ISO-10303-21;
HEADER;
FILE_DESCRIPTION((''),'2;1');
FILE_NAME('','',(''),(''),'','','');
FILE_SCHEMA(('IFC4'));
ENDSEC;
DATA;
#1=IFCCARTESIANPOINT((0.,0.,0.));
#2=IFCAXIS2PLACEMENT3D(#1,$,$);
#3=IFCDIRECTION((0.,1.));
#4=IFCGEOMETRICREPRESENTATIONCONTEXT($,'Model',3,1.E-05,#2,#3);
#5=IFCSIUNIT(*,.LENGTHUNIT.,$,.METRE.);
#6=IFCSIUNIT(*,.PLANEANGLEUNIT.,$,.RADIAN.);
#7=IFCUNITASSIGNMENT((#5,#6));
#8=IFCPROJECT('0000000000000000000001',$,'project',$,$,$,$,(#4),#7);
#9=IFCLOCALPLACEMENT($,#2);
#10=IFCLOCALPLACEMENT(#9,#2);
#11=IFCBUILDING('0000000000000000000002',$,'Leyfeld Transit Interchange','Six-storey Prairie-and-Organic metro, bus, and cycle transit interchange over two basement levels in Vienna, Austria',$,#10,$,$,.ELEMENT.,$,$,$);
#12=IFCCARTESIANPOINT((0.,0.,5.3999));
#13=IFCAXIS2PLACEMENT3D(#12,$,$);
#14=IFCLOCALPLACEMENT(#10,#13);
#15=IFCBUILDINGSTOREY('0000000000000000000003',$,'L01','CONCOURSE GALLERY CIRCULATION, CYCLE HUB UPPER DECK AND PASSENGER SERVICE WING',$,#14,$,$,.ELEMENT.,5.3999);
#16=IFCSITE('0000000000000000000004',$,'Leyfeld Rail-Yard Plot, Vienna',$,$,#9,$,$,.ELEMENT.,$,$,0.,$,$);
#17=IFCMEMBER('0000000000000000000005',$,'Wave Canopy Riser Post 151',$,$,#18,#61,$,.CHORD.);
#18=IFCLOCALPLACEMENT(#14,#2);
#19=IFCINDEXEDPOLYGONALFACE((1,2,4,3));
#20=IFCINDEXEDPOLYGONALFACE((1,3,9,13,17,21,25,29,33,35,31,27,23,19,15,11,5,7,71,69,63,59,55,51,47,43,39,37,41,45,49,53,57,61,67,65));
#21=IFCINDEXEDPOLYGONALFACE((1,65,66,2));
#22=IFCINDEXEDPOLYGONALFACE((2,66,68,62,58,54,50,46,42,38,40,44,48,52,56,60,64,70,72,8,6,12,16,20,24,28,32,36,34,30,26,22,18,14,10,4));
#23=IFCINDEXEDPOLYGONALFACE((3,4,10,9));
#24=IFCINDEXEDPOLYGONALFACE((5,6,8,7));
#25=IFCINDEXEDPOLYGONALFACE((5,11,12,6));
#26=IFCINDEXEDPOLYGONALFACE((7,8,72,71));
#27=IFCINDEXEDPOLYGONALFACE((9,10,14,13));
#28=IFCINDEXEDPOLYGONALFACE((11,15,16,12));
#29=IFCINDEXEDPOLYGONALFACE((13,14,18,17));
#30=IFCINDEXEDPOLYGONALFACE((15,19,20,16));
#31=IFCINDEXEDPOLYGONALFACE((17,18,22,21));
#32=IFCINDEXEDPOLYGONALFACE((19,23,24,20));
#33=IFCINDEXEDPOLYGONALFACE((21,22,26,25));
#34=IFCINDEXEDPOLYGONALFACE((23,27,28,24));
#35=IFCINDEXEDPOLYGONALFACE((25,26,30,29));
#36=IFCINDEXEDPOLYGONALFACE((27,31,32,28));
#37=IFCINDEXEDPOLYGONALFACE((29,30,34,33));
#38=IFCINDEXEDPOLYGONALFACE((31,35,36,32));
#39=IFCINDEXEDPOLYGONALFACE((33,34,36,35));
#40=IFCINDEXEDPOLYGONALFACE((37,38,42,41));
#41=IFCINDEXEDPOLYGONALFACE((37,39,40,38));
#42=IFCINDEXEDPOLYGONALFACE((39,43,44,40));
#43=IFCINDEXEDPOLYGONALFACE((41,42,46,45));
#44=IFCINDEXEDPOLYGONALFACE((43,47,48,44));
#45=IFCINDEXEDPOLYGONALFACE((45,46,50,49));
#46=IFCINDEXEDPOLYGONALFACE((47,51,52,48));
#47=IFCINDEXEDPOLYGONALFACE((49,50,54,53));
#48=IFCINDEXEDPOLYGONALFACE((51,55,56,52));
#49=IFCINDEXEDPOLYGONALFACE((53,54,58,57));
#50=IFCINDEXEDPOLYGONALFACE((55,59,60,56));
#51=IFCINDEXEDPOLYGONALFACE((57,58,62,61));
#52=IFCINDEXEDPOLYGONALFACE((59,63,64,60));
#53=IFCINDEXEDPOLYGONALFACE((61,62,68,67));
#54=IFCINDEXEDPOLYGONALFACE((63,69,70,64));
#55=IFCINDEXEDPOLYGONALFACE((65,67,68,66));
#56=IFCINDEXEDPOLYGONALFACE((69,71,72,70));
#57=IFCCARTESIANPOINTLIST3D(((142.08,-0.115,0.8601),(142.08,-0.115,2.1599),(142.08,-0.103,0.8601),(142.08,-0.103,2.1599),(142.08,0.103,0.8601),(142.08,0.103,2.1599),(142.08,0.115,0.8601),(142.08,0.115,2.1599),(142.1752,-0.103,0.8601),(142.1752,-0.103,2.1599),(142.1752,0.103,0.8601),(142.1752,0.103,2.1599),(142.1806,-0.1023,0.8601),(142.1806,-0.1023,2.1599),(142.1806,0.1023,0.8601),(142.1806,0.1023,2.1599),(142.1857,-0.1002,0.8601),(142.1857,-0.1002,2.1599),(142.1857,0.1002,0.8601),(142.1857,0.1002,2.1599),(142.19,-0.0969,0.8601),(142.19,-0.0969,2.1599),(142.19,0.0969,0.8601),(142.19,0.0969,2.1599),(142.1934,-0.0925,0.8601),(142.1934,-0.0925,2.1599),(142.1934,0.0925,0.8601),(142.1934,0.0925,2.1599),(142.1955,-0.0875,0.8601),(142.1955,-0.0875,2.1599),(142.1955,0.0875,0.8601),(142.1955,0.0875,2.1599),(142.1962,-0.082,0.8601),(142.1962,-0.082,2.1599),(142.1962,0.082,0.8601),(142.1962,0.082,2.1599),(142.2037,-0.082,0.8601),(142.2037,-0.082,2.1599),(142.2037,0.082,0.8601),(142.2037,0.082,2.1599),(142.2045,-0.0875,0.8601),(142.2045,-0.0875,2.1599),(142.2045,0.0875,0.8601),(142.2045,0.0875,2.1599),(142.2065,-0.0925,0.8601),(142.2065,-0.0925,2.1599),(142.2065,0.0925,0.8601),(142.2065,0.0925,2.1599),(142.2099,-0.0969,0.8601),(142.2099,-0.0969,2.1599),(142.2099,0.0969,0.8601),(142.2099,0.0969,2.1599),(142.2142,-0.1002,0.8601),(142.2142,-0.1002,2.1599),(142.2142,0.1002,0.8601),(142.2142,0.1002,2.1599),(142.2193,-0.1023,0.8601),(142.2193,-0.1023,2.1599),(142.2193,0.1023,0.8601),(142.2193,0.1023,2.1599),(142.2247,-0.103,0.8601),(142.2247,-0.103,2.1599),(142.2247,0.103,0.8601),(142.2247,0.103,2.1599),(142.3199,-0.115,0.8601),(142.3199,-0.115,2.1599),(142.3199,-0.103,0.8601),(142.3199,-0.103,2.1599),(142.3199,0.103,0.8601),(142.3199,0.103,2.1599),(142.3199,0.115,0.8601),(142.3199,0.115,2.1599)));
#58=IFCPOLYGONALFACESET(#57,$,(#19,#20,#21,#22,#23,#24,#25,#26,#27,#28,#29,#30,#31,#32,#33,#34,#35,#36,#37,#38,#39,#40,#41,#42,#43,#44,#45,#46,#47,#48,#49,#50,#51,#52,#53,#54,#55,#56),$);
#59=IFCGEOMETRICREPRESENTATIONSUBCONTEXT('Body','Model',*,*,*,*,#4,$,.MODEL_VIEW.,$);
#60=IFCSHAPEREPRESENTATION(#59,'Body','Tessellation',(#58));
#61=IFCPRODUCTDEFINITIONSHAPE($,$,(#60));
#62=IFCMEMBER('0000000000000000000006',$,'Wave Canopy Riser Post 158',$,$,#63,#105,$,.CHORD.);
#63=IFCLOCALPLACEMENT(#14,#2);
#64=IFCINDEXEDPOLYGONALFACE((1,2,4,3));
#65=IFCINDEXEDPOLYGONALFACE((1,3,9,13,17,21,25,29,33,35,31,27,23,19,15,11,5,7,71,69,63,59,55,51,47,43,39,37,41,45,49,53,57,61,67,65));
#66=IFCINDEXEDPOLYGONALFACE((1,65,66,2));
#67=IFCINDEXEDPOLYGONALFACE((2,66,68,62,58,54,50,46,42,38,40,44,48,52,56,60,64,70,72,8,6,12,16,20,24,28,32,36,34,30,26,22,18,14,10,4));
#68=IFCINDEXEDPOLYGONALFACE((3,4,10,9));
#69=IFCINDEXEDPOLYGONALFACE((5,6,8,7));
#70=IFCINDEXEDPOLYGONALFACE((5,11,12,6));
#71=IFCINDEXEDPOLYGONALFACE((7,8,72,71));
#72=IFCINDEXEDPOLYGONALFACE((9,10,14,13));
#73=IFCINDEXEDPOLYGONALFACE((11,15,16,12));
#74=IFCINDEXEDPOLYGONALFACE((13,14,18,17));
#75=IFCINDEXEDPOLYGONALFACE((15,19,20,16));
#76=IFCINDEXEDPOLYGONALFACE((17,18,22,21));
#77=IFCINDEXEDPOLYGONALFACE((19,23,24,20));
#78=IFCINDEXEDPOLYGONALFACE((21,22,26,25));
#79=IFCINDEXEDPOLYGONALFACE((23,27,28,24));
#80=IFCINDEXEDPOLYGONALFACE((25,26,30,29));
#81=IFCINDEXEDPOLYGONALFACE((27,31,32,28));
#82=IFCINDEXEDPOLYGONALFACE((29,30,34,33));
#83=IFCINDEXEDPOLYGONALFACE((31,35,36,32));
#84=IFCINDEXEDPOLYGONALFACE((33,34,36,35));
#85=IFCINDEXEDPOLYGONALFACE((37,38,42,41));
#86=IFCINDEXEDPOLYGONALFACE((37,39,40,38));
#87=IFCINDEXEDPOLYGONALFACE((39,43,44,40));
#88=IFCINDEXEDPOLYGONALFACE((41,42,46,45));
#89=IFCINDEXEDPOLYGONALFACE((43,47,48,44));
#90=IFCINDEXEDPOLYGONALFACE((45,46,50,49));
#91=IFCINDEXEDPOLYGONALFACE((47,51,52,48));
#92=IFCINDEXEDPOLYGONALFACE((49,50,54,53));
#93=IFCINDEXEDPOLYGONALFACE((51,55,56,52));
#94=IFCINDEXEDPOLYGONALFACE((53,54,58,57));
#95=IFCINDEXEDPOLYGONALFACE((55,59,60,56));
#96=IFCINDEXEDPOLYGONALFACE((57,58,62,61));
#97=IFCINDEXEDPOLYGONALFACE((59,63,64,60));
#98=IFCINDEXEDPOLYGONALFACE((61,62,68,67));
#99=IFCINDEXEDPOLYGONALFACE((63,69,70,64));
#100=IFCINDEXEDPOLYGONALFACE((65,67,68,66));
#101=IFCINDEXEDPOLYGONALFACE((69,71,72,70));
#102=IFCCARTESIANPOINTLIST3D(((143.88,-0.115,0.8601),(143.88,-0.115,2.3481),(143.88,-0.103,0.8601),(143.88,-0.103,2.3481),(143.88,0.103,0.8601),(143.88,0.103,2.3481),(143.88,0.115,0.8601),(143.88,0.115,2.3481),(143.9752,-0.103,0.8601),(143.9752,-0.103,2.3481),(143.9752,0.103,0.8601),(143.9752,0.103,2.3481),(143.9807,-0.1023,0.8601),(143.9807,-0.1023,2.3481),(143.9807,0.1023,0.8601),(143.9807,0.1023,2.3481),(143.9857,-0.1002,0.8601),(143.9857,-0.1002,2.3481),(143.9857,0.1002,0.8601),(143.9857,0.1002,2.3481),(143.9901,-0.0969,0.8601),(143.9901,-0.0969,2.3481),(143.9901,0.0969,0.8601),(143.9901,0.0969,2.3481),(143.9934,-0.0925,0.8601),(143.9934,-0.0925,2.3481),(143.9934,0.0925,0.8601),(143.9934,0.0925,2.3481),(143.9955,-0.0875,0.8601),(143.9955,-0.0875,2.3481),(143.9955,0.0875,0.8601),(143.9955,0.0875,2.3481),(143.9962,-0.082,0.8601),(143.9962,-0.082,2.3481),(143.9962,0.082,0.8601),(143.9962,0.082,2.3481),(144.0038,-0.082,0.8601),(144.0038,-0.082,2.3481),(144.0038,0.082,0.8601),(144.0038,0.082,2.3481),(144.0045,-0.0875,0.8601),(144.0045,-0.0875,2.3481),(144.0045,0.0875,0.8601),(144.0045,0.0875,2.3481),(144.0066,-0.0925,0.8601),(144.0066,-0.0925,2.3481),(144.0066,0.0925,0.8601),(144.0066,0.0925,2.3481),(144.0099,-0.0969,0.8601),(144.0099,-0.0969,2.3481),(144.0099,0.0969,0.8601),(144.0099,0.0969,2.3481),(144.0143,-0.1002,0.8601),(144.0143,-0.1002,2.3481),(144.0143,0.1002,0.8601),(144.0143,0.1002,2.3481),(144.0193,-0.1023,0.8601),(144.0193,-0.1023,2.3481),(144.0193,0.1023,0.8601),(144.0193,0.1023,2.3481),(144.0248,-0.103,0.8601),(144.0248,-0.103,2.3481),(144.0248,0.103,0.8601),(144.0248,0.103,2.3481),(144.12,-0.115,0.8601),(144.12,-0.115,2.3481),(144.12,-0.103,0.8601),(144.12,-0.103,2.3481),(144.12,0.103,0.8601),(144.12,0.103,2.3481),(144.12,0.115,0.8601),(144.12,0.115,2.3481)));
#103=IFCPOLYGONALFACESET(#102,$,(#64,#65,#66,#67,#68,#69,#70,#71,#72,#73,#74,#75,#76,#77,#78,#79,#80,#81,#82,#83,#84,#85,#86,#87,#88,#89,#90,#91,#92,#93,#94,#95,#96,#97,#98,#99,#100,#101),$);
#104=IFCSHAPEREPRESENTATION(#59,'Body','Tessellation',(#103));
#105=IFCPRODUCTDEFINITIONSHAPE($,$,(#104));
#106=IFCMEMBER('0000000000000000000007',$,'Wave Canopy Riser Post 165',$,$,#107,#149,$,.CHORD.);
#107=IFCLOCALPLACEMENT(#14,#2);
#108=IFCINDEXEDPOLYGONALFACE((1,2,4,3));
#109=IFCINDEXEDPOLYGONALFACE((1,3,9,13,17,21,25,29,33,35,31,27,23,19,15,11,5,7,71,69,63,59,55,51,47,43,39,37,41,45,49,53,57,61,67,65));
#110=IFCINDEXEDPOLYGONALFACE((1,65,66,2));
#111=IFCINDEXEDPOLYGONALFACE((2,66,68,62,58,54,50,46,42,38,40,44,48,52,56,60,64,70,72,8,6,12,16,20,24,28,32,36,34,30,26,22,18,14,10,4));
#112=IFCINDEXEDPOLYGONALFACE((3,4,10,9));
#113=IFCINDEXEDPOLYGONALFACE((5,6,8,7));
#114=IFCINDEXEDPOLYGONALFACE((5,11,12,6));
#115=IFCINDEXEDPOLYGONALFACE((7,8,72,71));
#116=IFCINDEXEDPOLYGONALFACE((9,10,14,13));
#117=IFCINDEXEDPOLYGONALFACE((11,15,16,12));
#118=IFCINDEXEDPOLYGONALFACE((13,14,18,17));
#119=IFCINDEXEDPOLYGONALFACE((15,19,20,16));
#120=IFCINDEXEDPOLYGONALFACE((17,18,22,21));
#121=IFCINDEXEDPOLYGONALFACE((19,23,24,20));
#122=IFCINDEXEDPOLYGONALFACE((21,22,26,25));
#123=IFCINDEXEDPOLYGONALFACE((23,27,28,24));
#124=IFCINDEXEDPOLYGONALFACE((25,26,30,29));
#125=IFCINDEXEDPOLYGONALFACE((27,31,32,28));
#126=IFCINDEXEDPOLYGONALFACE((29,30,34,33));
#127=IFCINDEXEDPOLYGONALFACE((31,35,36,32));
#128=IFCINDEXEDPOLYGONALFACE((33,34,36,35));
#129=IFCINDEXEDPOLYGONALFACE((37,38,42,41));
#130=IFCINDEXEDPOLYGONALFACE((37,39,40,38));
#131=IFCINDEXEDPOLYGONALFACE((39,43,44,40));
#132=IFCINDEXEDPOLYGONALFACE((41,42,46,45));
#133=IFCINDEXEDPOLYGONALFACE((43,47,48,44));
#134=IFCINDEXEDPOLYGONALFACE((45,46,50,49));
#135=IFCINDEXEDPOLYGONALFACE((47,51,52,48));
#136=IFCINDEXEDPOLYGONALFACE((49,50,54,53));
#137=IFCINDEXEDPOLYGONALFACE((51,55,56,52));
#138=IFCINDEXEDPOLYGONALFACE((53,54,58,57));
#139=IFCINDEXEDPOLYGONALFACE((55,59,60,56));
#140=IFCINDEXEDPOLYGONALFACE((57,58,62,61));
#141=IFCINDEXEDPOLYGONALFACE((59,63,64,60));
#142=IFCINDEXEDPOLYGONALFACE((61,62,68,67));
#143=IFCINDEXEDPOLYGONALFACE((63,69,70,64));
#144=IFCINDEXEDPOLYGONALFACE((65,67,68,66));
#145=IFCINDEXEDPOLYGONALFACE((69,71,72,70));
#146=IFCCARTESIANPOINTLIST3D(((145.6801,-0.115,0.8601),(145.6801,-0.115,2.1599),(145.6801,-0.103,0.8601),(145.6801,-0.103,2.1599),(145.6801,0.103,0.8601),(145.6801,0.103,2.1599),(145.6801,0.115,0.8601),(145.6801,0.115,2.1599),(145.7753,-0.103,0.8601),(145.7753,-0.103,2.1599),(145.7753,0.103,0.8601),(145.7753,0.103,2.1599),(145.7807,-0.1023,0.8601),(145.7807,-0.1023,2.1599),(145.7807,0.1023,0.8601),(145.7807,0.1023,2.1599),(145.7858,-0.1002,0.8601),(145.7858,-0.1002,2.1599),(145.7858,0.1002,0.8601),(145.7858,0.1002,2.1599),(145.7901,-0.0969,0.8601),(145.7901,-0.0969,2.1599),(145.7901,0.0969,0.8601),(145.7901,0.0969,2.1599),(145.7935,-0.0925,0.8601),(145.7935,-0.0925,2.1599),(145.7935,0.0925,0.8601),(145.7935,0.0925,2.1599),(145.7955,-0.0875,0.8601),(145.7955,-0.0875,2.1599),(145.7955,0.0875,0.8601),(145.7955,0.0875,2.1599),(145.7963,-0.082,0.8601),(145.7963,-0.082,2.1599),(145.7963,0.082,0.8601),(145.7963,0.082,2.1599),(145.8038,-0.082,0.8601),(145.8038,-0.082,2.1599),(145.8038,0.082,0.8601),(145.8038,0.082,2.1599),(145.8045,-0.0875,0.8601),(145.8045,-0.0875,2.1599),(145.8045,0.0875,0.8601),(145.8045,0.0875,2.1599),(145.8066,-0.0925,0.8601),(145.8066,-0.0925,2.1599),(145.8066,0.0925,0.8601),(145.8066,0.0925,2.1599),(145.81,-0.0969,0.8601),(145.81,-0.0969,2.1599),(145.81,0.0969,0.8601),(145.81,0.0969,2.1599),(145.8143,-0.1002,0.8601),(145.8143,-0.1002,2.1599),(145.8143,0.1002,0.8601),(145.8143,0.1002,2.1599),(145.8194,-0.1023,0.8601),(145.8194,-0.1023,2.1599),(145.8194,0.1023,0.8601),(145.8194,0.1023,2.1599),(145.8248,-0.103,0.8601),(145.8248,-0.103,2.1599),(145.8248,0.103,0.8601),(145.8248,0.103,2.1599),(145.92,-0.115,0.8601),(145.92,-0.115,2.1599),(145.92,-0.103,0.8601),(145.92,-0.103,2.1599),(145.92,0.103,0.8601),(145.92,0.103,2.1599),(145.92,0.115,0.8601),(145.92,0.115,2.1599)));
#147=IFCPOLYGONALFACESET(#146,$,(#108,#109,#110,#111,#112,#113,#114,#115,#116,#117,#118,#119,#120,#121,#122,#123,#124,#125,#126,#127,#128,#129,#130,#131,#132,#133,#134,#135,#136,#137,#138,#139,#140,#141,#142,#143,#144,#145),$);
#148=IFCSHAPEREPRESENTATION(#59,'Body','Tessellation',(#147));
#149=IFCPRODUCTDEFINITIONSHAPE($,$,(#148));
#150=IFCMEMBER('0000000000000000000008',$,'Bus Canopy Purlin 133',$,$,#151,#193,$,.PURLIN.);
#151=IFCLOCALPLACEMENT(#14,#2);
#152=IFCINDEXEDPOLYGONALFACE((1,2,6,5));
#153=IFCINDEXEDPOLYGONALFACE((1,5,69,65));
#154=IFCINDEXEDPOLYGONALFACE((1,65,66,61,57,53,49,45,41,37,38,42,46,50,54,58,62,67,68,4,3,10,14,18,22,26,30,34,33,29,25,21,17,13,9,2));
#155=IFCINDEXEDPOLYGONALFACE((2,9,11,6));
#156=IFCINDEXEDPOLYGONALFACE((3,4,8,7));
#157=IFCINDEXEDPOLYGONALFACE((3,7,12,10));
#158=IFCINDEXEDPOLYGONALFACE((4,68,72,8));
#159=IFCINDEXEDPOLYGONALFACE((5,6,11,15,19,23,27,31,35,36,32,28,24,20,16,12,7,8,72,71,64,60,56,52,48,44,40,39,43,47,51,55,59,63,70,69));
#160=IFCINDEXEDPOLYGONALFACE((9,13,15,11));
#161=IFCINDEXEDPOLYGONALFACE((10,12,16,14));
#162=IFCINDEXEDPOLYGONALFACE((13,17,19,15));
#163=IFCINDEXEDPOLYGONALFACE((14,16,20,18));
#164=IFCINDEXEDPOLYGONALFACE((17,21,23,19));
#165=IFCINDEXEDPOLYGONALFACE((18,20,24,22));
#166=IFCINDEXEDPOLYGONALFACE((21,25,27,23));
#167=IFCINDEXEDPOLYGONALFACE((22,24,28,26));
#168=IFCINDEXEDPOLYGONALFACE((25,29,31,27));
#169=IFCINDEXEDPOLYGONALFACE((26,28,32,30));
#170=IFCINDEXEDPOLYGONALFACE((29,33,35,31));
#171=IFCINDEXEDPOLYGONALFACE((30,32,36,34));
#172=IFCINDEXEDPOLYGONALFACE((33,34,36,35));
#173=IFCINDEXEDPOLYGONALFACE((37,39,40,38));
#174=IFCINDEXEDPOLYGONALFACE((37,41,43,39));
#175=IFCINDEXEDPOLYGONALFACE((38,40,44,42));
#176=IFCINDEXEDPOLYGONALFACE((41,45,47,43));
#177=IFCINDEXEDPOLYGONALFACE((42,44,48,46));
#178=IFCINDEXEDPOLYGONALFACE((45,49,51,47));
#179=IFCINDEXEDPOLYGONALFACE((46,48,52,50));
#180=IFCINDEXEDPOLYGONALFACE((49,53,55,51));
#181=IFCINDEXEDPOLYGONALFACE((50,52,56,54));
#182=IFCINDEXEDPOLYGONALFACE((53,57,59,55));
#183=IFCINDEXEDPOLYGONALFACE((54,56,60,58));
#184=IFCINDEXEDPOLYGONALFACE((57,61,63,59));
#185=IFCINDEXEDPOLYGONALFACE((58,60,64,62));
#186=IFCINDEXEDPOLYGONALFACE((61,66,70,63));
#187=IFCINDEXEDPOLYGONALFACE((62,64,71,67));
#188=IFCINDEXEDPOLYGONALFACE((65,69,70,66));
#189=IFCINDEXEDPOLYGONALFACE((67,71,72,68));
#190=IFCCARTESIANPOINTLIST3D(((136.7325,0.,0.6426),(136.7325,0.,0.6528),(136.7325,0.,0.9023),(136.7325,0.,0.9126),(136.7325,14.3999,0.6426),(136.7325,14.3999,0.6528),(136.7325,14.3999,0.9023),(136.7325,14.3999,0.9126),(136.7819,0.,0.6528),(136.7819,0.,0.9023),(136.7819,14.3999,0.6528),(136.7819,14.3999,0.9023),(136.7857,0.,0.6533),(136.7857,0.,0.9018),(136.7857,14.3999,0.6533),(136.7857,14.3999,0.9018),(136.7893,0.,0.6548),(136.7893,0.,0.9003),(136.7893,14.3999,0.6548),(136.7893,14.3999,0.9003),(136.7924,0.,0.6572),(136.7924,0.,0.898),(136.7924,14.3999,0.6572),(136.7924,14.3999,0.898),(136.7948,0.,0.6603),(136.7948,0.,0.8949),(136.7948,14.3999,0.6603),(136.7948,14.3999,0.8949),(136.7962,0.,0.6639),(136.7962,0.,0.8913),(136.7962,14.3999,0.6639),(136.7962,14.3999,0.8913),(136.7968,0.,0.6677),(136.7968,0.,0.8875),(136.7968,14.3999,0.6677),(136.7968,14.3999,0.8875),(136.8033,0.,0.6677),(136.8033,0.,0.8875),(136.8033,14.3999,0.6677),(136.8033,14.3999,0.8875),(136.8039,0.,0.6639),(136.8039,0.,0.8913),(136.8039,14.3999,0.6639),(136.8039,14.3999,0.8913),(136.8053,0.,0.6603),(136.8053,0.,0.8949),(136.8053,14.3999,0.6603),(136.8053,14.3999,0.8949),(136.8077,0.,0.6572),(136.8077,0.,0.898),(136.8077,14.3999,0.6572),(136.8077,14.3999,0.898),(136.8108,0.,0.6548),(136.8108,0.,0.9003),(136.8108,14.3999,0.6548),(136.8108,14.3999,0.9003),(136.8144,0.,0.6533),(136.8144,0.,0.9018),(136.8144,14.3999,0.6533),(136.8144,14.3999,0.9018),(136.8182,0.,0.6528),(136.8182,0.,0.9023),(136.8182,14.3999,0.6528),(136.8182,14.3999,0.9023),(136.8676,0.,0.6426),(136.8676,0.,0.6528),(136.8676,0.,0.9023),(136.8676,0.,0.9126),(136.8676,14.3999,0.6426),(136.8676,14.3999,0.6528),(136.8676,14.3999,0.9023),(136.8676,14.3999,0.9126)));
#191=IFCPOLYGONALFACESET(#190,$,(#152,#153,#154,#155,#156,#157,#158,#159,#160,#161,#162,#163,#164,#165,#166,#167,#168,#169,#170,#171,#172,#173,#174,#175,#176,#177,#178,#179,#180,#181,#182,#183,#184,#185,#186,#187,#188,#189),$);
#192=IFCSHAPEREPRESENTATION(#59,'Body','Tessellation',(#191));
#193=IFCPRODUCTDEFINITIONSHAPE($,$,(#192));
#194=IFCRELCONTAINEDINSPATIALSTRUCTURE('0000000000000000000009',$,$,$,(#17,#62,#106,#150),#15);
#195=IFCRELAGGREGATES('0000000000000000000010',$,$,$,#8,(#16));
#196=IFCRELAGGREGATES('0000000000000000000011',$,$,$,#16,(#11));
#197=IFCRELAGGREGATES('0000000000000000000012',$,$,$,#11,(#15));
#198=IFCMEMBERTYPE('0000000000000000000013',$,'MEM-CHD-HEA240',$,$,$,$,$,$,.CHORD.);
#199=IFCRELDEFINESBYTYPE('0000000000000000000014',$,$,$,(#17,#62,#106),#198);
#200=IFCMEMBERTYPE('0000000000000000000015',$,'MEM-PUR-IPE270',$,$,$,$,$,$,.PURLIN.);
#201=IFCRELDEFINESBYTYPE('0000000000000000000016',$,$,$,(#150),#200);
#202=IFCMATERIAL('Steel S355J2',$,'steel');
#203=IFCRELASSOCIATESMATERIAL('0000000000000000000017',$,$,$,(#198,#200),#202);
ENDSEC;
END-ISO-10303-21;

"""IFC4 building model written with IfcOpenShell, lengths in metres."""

from ifc_helpers import new_model, si_unit, direction, frame, origin, origin_2d, place, context, subcontext, project, spatial, i_section, extrude, material, material_profile, profile_set, type_object, element, save


model = new_model("IFC4")

# Units and contexts
model_context = context("Model", 3, precision=1e-05, world=origin(), true_north=direction((0.0, 1.0)))
body_context = subcontext(model_context, "Body", "Model", "MODEL_VIEW")
ifc_project = project(units=[si_unit("LENGTHUNIT", "METRE"), si_unit("PLANEANGLEUNIT", "RADIAN")], contexts=[model_context])

# Site, building, storey
site_placement = place(None, origin())
site = spatial("IfcSite", under=ifc_project, at=site_placement, Name="Leyfeld Rail-Yard Plot, Vienna", CompositionType="ELEMENT", RefElevation=0.0)
building_placement = place(site_placement, origin())
building = spatial("IfcBuilding", under=site, at=building_placement, Name="Leyfeld Transit Interchange", Description="Six-storey Prairie-and-Organic metro, bus, and cycle transit interchange over two basement levels in Vienna, Austria", CompositionType="ELEMENT")
storey_placement = place(building_placement, frame((0.0, 0.0, 5.3999)))
storey = spatial("IfcBuildingStorey", under=building, at=storey_placement, Name="L01", Description="CONCOURSE GALLERY CIRCULATION, CYCLE HUB UPPER DECK AND PASSENGER SERVICE WING", CompositionType="ELEMENT", Elevation=5.3999)

# Shared definitions
ifc_material = material(Name="Steel S355J2", Category="steel")

# Members
ifc_material_profile_1 = material_profile(ifc_material, i_section(OverallWidth=0.24, OverallDepth=0.23, WebThickness=0.0076, FlangeThickness=0.012, FilletRadius=0.021, at=origin_2d()), Name="HEA 240")
ifc_profile_set_1 = profile_set([ifc_material_profile_1], Name="Steel S355J2")
member_type_1 = type_object("IfcMemberType", Name="MEM-CHD-HEA240", PredefinedType="CHORD", material=ifc_profile_set_1)
member_1_placement = place(storey_placement, frame((142.2, 0.0, 0.8601), z_axis=(0.0, 0.0, 1.0), x_axis=(1.0, 0.0, 0.0)))
element("IfcMember", 1, at=member_1_placement, inside=storey, type_object=member_type_1, Name="Wave Canopy Riser Post 151", PredefinedType="CHORD", context=body_context, shape_type="SweptSolid", body=[
    extrude(i_section(OverallWidth=0.24, OverallDepth=0.23, WebThickness=0.0076, FlangeThickness=0.012, FilletRadius=0.021, at=origin_2d()), origin(), (0.0, 0.0, 1.0), 1.2998),
])
member_2_placement = place(storey_placement, frame((144.0, 0.0, 0.8601), z_axis=(0.0, 0.0, 1.0), x_axis=(1.0, 0.0, 0.0)))
element("IfcMember", 2, at=member_2_placement, inside=storey, type_object=member_type_1, Name="Wave Canopy Riser Post 158", PredefinedType="CHORD", context=body_context, shape_type="SweptSolid", body=[
    extrude(i_section(OverallWidth=0.24, OverallDepth=0.23, WebThickness=0.0076, FlangeThickness=0.012, FilletRadius=0.021, at=origin_2d()), origin(), (0.0, 0.0, 1.0), 1.488),
])
member_3_placement = place(storey_placement, frame((145.8, 0.0, 0.8601), z_axis=(0.0, 0.0, 1.0), x_axis=(1.0, 0.0, 0.0)))
element("IfcMember", 3, at=member_3_placement, inside=storey, type_object=member_type_1, Name="Wave Canopy Riser Post 165", PredefinedType="CHORD", context=body_context, shape_type="SweptSolid", body=[
    extrude(i_section(OverallWidth=0.24, OverallDepth=0.23, WebThickness=0.0076, FlangeThickness=0.012, FilletRadius=0.021, at=origin_2d()), origin(), (0.0, 0.0, 1.0), 1.2998),
])
ifc_material_profile_2 = material_profile(ifc_material, i_section(OverallWidth=0.135, OverallDepth=0.27, WebThickness=0.0066, FlangeThickness=0.0103, FilletRadius=0.0149, at=origin_2d()), Name="IPE 270")
ifc_profile_set_2 = profile_set([ifc_material_profile_2], Name="Steel S355J2")
member_type_2 = type_object("IfcMemberType", Name="MEM-PUR-IPE270", PredefinedType="PURLIN", material=ifc_profile_set_2)
for number, where, z_axis, x_axis, name in (
    (4, (136.8, 0.0, 0.7776), (0.0, 1.0, 0.0), (-1.0, 0.0, 0.0), "Bus Canopy Purlin 133"),
):
    element("IfcMember", number, at=place(storey_placement, frame(where, z_axis=z_axis, x_axis=x_axis)), inside=storey, type_object=member_type_2, Name=name, PredefinedType="PURLIN", context=body_context, shape_type="SweptSolid", body=[
        extrude(i_section(OverallWidth=0.135, OverallDepth=0.27, WebThickness=0.0066, FlangeThickness=0.0103, FilletRadius=0.0149, at=origin_2d()), origin(), (0.0, 0.0, 1.0), 14.3999),
    ])

save(model, "model.ifc")
